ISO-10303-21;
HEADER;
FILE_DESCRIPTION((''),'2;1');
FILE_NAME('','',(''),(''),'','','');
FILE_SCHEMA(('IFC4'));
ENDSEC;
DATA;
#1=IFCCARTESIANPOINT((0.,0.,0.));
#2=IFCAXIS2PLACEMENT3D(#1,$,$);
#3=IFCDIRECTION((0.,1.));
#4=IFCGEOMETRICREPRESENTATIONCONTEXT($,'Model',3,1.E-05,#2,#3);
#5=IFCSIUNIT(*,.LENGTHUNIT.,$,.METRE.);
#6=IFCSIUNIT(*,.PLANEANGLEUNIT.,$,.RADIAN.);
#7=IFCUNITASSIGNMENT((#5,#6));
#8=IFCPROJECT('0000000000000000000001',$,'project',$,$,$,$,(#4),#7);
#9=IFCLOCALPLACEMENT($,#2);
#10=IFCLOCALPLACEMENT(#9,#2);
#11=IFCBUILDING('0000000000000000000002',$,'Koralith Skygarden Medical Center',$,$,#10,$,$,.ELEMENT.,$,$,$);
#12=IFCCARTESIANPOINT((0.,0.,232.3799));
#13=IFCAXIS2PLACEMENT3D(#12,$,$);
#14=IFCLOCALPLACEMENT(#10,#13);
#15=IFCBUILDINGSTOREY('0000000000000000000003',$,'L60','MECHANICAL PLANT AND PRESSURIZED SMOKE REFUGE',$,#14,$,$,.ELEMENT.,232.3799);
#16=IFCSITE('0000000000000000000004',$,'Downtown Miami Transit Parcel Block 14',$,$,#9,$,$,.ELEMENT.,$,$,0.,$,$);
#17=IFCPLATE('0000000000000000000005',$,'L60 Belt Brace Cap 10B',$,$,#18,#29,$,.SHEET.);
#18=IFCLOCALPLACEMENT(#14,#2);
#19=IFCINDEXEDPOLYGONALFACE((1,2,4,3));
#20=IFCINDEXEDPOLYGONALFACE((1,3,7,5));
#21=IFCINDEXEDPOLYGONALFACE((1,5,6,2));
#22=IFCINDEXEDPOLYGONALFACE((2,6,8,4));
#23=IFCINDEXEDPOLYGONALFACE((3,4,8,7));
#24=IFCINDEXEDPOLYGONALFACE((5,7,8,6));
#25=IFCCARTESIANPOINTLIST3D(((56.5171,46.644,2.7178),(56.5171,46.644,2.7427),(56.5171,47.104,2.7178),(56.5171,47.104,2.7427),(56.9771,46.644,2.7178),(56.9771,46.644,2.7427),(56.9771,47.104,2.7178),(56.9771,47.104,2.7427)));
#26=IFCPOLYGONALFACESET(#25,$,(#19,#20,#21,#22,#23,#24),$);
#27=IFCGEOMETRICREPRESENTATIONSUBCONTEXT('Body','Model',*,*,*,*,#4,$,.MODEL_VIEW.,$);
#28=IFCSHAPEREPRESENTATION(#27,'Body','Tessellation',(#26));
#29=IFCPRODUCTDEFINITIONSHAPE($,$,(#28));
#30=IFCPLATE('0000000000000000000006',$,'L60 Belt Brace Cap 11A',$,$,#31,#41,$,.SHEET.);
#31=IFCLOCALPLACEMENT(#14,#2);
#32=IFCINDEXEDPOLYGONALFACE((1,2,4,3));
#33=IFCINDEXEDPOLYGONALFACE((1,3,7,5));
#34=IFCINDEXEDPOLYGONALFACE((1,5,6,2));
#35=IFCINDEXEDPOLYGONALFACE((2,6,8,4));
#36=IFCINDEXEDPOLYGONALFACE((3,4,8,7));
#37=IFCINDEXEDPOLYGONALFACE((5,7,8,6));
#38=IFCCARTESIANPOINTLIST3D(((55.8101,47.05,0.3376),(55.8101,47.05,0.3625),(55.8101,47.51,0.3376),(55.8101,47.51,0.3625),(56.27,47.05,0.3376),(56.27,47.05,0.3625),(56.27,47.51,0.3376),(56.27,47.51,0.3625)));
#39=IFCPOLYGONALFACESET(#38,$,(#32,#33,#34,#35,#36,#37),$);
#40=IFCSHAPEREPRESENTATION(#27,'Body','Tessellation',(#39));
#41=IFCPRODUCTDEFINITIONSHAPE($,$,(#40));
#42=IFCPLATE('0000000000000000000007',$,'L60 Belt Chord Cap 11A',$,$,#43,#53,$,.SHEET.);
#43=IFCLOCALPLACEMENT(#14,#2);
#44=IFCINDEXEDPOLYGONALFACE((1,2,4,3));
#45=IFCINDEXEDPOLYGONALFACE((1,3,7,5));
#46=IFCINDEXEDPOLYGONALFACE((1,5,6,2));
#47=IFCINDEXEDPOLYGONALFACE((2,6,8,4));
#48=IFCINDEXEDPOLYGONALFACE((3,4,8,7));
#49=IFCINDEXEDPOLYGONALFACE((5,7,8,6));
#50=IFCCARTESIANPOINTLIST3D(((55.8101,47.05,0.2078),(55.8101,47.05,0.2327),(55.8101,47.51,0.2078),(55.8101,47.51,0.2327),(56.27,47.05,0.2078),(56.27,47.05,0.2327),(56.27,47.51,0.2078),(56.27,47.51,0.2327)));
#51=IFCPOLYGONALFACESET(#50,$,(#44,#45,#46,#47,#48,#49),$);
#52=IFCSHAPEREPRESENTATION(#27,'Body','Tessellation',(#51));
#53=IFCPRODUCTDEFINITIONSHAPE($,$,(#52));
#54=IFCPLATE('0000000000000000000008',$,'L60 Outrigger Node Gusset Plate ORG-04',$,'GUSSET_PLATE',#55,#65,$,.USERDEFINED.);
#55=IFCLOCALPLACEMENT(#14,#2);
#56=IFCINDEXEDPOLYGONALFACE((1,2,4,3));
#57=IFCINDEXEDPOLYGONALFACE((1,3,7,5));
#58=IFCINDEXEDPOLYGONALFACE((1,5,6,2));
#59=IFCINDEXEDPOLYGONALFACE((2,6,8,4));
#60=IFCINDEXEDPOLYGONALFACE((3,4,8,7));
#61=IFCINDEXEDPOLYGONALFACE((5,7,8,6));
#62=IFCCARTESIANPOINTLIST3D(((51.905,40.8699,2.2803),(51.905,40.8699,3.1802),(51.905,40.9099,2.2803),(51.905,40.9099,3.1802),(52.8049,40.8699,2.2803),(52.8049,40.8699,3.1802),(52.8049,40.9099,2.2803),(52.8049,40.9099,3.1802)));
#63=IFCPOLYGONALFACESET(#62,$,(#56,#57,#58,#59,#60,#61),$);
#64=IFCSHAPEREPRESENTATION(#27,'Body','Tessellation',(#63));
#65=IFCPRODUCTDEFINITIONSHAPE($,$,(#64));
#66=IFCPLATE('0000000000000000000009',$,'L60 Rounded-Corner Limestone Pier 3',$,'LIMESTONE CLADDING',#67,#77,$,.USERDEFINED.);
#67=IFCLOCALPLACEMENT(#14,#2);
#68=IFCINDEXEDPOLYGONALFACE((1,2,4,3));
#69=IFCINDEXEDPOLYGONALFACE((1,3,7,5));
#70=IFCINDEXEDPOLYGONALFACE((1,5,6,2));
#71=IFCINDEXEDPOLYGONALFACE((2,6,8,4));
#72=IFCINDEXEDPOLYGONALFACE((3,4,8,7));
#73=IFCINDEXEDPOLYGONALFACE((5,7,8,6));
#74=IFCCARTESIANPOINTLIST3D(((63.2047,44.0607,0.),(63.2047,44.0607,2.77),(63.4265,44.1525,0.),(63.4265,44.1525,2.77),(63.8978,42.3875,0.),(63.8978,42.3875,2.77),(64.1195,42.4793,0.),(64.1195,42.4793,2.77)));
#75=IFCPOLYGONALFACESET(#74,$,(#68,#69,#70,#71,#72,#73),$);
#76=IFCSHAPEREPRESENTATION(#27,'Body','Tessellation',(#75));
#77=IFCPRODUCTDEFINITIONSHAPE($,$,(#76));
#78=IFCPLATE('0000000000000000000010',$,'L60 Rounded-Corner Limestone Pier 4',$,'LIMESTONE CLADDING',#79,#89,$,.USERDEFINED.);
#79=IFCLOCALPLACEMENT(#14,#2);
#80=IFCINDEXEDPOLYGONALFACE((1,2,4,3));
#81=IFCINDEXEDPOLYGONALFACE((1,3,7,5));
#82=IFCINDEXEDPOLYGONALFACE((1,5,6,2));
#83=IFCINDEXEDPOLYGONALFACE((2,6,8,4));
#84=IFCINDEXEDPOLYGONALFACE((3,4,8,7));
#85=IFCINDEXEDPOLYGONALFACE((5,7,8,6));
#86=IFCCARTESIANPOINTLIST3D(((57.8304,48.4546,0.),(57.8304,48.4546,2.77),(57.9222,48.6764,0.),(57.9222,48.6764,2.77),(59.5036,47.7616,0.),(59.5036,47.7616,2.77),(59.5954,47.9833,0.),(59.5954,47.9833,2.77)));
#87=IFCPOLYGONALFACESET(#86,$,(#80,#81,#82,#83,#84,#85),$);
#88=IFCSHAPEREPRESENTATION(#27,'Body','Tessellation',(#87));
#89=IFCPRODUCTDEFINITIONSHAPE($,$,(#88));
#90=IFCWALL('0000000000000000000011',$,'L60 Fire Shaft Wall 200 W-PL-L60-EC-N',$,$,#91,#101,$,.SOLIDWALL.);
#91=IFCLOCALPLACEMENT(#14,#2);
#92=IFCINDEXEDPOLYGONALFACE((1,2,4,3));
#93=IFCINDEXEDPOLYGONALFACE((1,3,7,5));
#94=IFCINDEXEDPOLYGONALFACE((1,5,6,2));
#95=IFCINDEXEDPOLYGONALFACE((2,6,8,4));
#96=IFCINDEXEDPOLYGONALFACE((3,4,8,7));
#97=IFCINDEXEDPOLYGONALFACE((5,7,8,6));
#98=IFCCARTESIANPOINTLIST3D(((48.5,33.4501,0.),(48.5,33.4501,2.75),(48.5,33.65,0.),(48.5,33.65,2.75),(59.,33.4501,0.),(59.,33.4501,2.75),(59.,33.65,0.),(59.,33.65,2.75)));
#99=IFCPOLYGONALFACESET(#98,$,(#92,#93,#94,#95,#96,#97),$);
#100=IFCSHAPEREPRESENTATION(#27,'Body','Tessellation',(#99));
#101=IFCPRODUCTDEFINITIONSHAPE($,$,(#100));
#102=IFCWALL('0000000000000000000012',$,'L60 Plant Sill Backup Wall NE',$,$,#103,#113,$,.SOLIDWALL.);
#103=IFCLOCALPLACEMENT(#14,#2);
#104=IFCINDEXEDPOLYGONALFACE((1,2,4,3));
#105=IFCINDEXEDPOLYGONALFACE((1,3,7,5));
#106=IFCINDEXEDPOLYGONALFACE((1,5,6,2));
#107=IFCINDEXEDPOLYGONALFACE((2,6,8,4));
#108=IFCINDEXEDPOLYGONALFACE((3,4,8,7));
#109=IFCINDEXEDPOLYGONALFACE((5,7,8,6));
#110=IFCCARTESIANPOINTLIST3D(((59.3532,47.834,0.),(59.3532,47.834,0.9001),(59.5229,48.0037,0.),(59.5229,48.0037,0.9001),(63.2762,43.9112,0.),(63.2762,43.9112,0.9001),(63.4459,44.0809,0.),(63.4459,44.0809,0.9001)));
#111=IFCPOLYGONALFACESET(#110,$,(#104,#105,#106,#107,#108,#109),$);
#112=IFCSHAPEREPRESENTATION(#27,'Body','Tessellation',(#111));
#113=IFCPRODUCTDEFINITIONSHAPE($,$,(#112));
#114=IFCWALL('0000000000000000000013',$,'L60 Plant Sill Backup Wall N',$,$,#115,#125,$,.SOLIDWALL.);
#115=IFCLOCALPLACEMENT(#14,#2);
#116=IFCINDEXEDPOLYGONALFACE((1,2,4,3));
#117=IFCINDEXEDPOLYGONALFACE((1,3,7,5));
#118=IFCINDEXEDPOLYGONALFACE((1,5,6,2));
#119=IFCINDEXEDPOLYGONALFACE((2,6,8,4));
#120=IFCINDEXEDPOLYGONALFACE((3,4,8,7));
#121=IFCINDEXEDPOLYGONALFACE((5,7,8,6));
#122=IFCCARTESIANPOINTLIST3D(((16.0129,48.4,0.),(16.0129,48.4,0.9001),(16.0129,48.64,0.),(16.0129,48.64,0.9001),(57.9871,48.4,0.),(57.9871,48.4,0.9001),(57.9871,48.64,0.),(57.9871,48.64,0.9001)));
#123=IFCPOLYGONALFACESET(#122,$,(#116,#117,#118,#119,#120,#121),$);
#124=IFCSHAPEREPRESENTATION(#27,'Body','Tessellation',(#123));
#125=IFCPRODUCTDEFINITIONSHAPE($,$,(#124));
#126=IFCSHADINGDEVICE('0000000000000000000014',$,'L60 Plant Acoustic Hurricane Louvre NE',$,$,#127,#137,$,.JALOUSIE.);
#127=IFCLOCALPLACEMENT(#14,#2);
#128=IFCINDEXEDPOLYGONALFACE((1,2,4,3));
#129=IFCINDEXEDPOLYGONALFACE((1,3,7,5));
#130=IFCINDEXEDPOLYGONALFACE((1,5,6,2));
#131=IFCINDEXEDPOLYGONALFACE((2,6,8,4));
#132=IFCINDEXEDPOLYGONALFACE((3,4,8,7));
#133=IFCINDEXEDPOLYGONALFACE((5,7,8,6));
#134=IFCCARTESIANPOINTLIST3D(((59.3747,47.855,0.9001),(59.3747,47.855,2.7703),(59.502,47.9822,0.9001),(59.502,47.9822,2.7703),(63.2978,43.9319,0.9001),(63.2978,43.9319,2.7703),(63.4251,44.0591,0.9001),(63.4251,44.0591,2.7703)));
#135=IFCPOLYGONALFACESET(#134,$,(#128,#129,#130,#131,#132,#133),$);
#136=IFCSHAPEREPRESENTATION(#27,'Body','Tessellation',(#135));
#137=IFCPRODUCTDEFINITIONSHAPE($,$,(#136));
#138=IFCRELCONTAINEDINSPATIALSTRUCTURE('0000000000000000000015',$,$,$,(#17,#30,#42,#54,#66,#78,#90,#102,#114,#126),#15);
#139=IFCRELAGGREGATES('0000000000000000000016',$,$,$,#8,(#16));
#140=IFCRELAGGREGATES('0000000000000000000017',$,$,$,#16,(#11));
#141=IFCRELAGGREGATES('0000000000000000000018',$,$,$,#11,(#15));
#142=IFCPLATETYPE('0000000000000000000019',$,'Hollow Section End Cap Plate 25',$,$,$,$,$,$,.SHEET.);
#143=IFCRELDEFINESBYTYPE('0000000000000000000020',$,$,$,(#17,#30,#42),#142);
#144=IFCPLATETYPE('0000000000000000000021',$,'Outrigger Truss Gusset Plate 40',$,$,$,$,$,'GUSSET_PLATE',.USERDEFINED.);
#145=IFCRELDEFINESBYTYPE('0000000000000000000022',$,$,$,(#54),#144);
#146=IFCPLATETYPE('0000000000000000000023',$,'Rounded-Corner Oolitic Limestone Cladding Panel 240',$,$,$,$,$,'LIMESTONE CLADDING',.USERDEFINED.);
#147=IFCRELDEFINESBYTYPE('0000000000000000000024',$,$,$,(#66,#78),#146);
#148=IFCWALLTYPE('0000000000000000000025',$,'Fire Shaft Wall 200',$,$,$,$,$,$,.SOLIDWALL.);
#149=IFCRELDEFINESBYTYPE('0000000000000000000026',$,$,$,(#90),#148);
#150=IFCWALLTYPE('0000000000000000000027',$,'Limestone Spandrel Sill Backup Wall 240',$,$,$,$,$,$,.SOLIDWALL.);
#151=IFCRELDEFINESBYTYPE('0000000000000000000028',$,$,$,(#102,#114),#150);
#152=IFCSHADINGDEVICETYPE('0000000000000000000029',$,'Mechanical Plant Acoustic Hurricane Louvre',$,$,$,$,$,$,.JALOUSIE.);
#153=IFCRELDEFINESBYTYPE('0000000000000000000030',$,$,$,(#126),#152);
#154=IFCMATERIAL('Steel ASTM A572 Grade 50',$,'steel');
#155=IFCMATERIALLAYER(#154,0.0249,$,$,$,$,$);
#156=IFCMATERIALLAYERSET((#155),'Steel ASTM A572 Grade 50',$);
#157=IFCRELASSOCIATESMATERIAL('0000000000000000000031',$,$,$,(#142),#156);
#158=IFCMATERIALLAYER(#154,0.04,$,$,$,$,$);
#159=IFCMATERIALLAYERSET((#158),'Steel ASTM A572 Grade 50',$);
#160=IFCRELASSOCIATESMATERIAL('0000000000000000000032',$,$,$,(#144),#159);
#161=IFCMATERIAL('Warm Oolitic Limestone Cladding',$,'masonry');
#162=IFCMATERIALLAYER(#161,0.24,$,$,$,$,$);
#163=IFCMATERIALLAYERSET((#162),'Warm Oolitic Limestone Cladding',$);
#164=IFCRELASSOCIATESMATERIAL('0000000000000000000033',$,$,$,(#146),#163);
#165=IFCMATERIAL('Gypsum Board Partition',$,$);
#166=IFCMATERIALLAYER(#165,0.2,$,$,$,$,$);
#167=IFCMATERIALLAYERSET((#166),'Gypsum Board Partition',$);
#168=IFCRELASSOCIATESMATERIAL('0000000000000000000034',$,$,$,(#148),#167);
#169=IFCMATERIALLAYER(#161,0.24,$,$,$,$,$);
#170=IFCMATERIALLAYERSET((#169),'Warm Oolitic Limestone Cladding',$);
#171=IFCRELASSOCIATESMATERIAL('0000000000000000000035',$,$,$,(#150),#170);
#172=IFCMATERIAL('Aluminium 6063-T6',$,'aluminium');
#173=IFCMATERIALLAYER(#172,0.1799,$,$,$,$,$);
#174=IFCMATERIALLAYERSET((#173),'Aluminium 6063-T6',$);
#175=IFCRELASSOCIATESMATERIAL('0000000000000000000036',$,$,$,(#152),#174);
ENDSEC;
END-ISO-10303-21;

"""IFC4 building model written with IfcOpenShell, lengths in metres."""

from ifc_helpers import new_model, si_unit, direction, frame, frame_2d, origin, origin_2d, place, context, subcontext, project, spatial, rectangle, extrude, material, layer, layer_set, type_object, element, save


model = new_model("IFC4")

# Units and contexts
model_context = context("Model", 3, precision=1e-05, world=origin(), true_north=direction((0.0, 1.0)))
body_context = subcontext(model_context, "Body", "Model", "MODEL_VIEW")
ifc_project = project(units=[si_unit("LENGTHUNIT", "METRE"), si_unit("PLANEANGLEUNIT", "RADIAN")], contexts=[model_context])

# Site, building, storey
site_placement = place(None, origin())
site = spatial("IfcSite", under=ifc_project, at=site_placement, Name="Downtown Miami Transit Parcel Block 14", CompositionType="ELEMENT", RefElevation=0.0)
building_placement = place(site_placement, origin())
building = spatial("IfcBuilding", under=site, at=building_placement, Name="Koralith Skygarden Medical Center", CompositionType="ELEMENT")
storey_placement = place(building_placement, frame((0.0, 0.0, 232.3799)))
storey = spatial("IfcBuildingStorey", under=building, at=storey_placement, Name="L60", Description="MECHANICAL PLANT AND PRESSURIZED SMOKE REFUGE", CompositionType="ELEMENT", Elevation=232.3799)

# Plates
ifc_material_1 = material(Name="Steel ASTM A572 Grade 50", Category="steel")
ifc_layer_1 = layer(ifc_material_1, 0.0249)
ifc_layer_set_1 = layer_set([ifc_layer_1], Name="Steel ASTM A572 Grade 50")
plate_type_1 = type_object("IfcPlateType", Name="Hollow Section End Cap Plate 25", PredefinedType="SHEET", material=ifc_layer_set_1)
for number, where, z_axis, x_axis, name in (
    (1, (56.7471, 46.874, 2.7178), (0.0, 0.0, 1.0), (1.0, 0.0, 0.0), "L60 Belt Brace Cap 10B"),
    (2, (56.04, 47.28, 0.3376), (0.0, 0.0, 1.0), (1.0, 0.0, 0.0), "L60 Belt Brace Cap 11A"),
    (3, (56.04, 47.28, 0.2078), (0.0, 0.0, 1.0), (1.0, 0.0, 0.0), "L60 Belt Chord Cap 11A"),
):
    element("IfcPlate", number, at=place(storey_placement, frame(where, z_axis=z_axis, x_axis=x_axis)), inside=storey, type_object=plate_type_1, Name=name, PredefinedType="SHEET", context=body_context, shape_type="SweptSolid", body=[
        extrude(rectangle(XDim=0.46, YDim=0.46, at=origin_2d()), origin(), (0.0, 0.0, 1.0), 0.0249),
    ])
ifc_layer_2 = layer(ifc_material_1, 0.04)
ifc_layer_set_2 = layer_set([ifc_layer_2], Name="Steel ASTM A572 Grade 50")
plate_type_2 = type_object("IfcPlateType", Name="Outrigger Truss Gusset Plate 40", ElementType="GUSSET_PLATE", PredefinedType="USERDEFINED", material=ifc_layer_set_2)
plate_placement = place(storey_placement, frame((52.355, 40.8899, 2.2803), z_axis=(0.0, 0.0, 1.0), x_axis=(1.0, 0.0, 0.0)))
element("IfcPlate", 4, at=plate_placement, inside=storey, type_object=plate_type_2, Name="L60 Outrigger Node Gusset Plate ORG-04", ObjectType="GUSSET_PLATE", PredefinedType="USERDEFINED", context=body_context, shape_type="SweptSolid", body=[
    extrude(rectangle(XDim=0.8999, YDim=0.04, at=origin_2d()), origin(), (0.0, 0.0, 1.0), 0.8999),
])
ifc_material_2 = material(Name="Warm Oolitic Limestone Cladding", Category="masonry")
ifc_layer_3 = layer(ifc_material_2, 0.24)
ifc_layer_set_3 = layer_set([ifc_layer_3], Name="Warm Oolitic Limestone Cladding")
plate_type_3 = type_object("IfcPlateType", Name="Rounded-Corner Oolitic Limestone Cladding Panel 240", ElementType="LIMESTONE CLADDING", PredefinedType="USERDEFINED", material=ifc_layer_set_3)
for number, where, z_axis, x_axis, name in (
    (5, (63.6621, 43.27, 0.0), (0.0, 0.0, 1.0), (-0.382671, 0.923885, 0.0), "L60 Rounded-Corner Limestone Pier 3"),
    (6, (58.7129, 48.219, 0.0), (0.0, 0.0, 1.0), (-0.923885, 0.382671, 0.0), "L60 Rounded-Corner Limestone Pier 4"),
):
    element("IfcPlate", number, at=place(storey_placement, frame(where, z_axis=z_axis, x_axis=x_axis)), inside=storey, type_object=plate_type_3, Name=name, ObjectType="LIMESTONE CLADDING", PredefinedType="USERDEFINED", context=body_context, shape_type="SweptSolid", body=[
        extrude(rectangle(XDim=1.811, YDim=0.24, at=origin_2d()), origin(), (0.0, 0.0, 1.0), 2.77),
    ])

# Walls
ifc_material_3 = material(Name="Gypsum Board Partition")
ifc_layer_4 = layer(ifc_material_3, 0.2)
ifc_layer_set_4 = layer_set([ifc_layer_4], Name="Gypsum Board Partition")
wall_type_1 = type_object("IfcWallType", Name="Fire Shaft Wall 200", PredefinedType="SOLIDWALL", material=ifc_layer_set_4)
wall_1_placement = place(storey_placement, frame((48.5, 33.55, 0.0), z_axis=(0.0, 0.0, 1.0), x_axis=(1.0, 0.0, 0.0)))
element("IfcWall", 7, at=wall_1_placement, inside=storey, type_object=wall_type_1, Name="L60 Fire Shaft Wall 200 W-PL-L60-EC-N", PredefinedType="SOLIDWALL", context=body_context, shape_type="SweptSolid", body=[
    extrude(rectangle(XDim=10.5, YDim=0.2, at=frame_2d((5.25, 0.0))), origin(), (0.0, 0.0, 1.0), 2.75),
])
ifc_layer_5 = layer(ifc_material_2, 0.24)
ifc_layer_set_5 = layer_set([ifc_layer_5], Name="Warm Oolitic Limestone Cladding")
wall_type_2 = type_object("IfcWallType", Name="Limestone Spandrel Sill Backup Wall 240", PredefinedType="SOLIDWALL", material=ifc_layer_set_5)
wall_2_placement = place(storey_placement, frame((63.3611, 43.9961, 0.0), z_axis=(0.0, 0.0, 1.0), x_axis=(-0.707129, 0.707085, 0.0)))
element("IfcWall", 8, at=wall_2_placement, inside=storey, type_object=wall_type_2, Name="L60 Plant Sill Backup Wall NE", PredefinedType="SOLIDWALL", context=body_context, shape_type="SweptSolid", body=[
    extrude(rectangle(XDim=5.5479, YDim=0.24, at=frame_2d((2.7739, 0.0))), origin(), (0.0, 0.0, 1.0), 0.9001),
])
wall_3_placement = place(storey_placement, frame((57.9871, 48.52, 0.0), z_axis=(0.0, 0.0, 1.0), x_axis=(-1.0, 0.0, 0.0)))
element("IfcWall", 9, at=wall_3_placement, inside=storey, type_object=wall_type_2, Name="L60 Plant Sill Backup Wall N", PredefinedType="SOLIDWALL", context=body_context, shape_type="SweptSolid", body=[
    extrude(rectangle(XDim=41.9741, YDim=0.24, at=frame_2d((20.9871, 0.0))), origin(), (0.0, 0.0, 1.0), 0.9001),
])

# Shading device
ifc_material_4 = material(Name="Aluminium 6063-T6", Category="aluminium")
ifc_layer_6 = layer(ifc_material_4, 0.1799)
ifc_layer_set_6 = layer_set([ifc_layer_6], Name="Aluminium 6063-T6")
shading_device_type = type_object("IfcShadingDeviceType", Name="Mechanical Plant Acoustic Hurricane Louvre", PredefinedType="JALOUSIE", material=ifc_layer_set_6)
shading_device_placement = place(storey_placement, frame((61.3999, 45.957, 0.9001), z_axis=(0.0, 0.0, 1.0), x_axis=(-0.707107, 0.707107, 0.0)))
element("IfcShadingDevice", 10, at=shading_device_placement, inside=storey, type_object=shading_device_type, Name="L60 Plant Acoustic Hurricane Louvre NE", PredefinedType="JALOUSIE", context=body_context, shape_type="SweptSolid", body=[
    extrude(rectangle(XDim=5.5481, YDim=0.1799, at=origin_2d()), origin(), (0.0, 0.0, 1.0), 1.8701),
])

save(model, "model.ifc")
